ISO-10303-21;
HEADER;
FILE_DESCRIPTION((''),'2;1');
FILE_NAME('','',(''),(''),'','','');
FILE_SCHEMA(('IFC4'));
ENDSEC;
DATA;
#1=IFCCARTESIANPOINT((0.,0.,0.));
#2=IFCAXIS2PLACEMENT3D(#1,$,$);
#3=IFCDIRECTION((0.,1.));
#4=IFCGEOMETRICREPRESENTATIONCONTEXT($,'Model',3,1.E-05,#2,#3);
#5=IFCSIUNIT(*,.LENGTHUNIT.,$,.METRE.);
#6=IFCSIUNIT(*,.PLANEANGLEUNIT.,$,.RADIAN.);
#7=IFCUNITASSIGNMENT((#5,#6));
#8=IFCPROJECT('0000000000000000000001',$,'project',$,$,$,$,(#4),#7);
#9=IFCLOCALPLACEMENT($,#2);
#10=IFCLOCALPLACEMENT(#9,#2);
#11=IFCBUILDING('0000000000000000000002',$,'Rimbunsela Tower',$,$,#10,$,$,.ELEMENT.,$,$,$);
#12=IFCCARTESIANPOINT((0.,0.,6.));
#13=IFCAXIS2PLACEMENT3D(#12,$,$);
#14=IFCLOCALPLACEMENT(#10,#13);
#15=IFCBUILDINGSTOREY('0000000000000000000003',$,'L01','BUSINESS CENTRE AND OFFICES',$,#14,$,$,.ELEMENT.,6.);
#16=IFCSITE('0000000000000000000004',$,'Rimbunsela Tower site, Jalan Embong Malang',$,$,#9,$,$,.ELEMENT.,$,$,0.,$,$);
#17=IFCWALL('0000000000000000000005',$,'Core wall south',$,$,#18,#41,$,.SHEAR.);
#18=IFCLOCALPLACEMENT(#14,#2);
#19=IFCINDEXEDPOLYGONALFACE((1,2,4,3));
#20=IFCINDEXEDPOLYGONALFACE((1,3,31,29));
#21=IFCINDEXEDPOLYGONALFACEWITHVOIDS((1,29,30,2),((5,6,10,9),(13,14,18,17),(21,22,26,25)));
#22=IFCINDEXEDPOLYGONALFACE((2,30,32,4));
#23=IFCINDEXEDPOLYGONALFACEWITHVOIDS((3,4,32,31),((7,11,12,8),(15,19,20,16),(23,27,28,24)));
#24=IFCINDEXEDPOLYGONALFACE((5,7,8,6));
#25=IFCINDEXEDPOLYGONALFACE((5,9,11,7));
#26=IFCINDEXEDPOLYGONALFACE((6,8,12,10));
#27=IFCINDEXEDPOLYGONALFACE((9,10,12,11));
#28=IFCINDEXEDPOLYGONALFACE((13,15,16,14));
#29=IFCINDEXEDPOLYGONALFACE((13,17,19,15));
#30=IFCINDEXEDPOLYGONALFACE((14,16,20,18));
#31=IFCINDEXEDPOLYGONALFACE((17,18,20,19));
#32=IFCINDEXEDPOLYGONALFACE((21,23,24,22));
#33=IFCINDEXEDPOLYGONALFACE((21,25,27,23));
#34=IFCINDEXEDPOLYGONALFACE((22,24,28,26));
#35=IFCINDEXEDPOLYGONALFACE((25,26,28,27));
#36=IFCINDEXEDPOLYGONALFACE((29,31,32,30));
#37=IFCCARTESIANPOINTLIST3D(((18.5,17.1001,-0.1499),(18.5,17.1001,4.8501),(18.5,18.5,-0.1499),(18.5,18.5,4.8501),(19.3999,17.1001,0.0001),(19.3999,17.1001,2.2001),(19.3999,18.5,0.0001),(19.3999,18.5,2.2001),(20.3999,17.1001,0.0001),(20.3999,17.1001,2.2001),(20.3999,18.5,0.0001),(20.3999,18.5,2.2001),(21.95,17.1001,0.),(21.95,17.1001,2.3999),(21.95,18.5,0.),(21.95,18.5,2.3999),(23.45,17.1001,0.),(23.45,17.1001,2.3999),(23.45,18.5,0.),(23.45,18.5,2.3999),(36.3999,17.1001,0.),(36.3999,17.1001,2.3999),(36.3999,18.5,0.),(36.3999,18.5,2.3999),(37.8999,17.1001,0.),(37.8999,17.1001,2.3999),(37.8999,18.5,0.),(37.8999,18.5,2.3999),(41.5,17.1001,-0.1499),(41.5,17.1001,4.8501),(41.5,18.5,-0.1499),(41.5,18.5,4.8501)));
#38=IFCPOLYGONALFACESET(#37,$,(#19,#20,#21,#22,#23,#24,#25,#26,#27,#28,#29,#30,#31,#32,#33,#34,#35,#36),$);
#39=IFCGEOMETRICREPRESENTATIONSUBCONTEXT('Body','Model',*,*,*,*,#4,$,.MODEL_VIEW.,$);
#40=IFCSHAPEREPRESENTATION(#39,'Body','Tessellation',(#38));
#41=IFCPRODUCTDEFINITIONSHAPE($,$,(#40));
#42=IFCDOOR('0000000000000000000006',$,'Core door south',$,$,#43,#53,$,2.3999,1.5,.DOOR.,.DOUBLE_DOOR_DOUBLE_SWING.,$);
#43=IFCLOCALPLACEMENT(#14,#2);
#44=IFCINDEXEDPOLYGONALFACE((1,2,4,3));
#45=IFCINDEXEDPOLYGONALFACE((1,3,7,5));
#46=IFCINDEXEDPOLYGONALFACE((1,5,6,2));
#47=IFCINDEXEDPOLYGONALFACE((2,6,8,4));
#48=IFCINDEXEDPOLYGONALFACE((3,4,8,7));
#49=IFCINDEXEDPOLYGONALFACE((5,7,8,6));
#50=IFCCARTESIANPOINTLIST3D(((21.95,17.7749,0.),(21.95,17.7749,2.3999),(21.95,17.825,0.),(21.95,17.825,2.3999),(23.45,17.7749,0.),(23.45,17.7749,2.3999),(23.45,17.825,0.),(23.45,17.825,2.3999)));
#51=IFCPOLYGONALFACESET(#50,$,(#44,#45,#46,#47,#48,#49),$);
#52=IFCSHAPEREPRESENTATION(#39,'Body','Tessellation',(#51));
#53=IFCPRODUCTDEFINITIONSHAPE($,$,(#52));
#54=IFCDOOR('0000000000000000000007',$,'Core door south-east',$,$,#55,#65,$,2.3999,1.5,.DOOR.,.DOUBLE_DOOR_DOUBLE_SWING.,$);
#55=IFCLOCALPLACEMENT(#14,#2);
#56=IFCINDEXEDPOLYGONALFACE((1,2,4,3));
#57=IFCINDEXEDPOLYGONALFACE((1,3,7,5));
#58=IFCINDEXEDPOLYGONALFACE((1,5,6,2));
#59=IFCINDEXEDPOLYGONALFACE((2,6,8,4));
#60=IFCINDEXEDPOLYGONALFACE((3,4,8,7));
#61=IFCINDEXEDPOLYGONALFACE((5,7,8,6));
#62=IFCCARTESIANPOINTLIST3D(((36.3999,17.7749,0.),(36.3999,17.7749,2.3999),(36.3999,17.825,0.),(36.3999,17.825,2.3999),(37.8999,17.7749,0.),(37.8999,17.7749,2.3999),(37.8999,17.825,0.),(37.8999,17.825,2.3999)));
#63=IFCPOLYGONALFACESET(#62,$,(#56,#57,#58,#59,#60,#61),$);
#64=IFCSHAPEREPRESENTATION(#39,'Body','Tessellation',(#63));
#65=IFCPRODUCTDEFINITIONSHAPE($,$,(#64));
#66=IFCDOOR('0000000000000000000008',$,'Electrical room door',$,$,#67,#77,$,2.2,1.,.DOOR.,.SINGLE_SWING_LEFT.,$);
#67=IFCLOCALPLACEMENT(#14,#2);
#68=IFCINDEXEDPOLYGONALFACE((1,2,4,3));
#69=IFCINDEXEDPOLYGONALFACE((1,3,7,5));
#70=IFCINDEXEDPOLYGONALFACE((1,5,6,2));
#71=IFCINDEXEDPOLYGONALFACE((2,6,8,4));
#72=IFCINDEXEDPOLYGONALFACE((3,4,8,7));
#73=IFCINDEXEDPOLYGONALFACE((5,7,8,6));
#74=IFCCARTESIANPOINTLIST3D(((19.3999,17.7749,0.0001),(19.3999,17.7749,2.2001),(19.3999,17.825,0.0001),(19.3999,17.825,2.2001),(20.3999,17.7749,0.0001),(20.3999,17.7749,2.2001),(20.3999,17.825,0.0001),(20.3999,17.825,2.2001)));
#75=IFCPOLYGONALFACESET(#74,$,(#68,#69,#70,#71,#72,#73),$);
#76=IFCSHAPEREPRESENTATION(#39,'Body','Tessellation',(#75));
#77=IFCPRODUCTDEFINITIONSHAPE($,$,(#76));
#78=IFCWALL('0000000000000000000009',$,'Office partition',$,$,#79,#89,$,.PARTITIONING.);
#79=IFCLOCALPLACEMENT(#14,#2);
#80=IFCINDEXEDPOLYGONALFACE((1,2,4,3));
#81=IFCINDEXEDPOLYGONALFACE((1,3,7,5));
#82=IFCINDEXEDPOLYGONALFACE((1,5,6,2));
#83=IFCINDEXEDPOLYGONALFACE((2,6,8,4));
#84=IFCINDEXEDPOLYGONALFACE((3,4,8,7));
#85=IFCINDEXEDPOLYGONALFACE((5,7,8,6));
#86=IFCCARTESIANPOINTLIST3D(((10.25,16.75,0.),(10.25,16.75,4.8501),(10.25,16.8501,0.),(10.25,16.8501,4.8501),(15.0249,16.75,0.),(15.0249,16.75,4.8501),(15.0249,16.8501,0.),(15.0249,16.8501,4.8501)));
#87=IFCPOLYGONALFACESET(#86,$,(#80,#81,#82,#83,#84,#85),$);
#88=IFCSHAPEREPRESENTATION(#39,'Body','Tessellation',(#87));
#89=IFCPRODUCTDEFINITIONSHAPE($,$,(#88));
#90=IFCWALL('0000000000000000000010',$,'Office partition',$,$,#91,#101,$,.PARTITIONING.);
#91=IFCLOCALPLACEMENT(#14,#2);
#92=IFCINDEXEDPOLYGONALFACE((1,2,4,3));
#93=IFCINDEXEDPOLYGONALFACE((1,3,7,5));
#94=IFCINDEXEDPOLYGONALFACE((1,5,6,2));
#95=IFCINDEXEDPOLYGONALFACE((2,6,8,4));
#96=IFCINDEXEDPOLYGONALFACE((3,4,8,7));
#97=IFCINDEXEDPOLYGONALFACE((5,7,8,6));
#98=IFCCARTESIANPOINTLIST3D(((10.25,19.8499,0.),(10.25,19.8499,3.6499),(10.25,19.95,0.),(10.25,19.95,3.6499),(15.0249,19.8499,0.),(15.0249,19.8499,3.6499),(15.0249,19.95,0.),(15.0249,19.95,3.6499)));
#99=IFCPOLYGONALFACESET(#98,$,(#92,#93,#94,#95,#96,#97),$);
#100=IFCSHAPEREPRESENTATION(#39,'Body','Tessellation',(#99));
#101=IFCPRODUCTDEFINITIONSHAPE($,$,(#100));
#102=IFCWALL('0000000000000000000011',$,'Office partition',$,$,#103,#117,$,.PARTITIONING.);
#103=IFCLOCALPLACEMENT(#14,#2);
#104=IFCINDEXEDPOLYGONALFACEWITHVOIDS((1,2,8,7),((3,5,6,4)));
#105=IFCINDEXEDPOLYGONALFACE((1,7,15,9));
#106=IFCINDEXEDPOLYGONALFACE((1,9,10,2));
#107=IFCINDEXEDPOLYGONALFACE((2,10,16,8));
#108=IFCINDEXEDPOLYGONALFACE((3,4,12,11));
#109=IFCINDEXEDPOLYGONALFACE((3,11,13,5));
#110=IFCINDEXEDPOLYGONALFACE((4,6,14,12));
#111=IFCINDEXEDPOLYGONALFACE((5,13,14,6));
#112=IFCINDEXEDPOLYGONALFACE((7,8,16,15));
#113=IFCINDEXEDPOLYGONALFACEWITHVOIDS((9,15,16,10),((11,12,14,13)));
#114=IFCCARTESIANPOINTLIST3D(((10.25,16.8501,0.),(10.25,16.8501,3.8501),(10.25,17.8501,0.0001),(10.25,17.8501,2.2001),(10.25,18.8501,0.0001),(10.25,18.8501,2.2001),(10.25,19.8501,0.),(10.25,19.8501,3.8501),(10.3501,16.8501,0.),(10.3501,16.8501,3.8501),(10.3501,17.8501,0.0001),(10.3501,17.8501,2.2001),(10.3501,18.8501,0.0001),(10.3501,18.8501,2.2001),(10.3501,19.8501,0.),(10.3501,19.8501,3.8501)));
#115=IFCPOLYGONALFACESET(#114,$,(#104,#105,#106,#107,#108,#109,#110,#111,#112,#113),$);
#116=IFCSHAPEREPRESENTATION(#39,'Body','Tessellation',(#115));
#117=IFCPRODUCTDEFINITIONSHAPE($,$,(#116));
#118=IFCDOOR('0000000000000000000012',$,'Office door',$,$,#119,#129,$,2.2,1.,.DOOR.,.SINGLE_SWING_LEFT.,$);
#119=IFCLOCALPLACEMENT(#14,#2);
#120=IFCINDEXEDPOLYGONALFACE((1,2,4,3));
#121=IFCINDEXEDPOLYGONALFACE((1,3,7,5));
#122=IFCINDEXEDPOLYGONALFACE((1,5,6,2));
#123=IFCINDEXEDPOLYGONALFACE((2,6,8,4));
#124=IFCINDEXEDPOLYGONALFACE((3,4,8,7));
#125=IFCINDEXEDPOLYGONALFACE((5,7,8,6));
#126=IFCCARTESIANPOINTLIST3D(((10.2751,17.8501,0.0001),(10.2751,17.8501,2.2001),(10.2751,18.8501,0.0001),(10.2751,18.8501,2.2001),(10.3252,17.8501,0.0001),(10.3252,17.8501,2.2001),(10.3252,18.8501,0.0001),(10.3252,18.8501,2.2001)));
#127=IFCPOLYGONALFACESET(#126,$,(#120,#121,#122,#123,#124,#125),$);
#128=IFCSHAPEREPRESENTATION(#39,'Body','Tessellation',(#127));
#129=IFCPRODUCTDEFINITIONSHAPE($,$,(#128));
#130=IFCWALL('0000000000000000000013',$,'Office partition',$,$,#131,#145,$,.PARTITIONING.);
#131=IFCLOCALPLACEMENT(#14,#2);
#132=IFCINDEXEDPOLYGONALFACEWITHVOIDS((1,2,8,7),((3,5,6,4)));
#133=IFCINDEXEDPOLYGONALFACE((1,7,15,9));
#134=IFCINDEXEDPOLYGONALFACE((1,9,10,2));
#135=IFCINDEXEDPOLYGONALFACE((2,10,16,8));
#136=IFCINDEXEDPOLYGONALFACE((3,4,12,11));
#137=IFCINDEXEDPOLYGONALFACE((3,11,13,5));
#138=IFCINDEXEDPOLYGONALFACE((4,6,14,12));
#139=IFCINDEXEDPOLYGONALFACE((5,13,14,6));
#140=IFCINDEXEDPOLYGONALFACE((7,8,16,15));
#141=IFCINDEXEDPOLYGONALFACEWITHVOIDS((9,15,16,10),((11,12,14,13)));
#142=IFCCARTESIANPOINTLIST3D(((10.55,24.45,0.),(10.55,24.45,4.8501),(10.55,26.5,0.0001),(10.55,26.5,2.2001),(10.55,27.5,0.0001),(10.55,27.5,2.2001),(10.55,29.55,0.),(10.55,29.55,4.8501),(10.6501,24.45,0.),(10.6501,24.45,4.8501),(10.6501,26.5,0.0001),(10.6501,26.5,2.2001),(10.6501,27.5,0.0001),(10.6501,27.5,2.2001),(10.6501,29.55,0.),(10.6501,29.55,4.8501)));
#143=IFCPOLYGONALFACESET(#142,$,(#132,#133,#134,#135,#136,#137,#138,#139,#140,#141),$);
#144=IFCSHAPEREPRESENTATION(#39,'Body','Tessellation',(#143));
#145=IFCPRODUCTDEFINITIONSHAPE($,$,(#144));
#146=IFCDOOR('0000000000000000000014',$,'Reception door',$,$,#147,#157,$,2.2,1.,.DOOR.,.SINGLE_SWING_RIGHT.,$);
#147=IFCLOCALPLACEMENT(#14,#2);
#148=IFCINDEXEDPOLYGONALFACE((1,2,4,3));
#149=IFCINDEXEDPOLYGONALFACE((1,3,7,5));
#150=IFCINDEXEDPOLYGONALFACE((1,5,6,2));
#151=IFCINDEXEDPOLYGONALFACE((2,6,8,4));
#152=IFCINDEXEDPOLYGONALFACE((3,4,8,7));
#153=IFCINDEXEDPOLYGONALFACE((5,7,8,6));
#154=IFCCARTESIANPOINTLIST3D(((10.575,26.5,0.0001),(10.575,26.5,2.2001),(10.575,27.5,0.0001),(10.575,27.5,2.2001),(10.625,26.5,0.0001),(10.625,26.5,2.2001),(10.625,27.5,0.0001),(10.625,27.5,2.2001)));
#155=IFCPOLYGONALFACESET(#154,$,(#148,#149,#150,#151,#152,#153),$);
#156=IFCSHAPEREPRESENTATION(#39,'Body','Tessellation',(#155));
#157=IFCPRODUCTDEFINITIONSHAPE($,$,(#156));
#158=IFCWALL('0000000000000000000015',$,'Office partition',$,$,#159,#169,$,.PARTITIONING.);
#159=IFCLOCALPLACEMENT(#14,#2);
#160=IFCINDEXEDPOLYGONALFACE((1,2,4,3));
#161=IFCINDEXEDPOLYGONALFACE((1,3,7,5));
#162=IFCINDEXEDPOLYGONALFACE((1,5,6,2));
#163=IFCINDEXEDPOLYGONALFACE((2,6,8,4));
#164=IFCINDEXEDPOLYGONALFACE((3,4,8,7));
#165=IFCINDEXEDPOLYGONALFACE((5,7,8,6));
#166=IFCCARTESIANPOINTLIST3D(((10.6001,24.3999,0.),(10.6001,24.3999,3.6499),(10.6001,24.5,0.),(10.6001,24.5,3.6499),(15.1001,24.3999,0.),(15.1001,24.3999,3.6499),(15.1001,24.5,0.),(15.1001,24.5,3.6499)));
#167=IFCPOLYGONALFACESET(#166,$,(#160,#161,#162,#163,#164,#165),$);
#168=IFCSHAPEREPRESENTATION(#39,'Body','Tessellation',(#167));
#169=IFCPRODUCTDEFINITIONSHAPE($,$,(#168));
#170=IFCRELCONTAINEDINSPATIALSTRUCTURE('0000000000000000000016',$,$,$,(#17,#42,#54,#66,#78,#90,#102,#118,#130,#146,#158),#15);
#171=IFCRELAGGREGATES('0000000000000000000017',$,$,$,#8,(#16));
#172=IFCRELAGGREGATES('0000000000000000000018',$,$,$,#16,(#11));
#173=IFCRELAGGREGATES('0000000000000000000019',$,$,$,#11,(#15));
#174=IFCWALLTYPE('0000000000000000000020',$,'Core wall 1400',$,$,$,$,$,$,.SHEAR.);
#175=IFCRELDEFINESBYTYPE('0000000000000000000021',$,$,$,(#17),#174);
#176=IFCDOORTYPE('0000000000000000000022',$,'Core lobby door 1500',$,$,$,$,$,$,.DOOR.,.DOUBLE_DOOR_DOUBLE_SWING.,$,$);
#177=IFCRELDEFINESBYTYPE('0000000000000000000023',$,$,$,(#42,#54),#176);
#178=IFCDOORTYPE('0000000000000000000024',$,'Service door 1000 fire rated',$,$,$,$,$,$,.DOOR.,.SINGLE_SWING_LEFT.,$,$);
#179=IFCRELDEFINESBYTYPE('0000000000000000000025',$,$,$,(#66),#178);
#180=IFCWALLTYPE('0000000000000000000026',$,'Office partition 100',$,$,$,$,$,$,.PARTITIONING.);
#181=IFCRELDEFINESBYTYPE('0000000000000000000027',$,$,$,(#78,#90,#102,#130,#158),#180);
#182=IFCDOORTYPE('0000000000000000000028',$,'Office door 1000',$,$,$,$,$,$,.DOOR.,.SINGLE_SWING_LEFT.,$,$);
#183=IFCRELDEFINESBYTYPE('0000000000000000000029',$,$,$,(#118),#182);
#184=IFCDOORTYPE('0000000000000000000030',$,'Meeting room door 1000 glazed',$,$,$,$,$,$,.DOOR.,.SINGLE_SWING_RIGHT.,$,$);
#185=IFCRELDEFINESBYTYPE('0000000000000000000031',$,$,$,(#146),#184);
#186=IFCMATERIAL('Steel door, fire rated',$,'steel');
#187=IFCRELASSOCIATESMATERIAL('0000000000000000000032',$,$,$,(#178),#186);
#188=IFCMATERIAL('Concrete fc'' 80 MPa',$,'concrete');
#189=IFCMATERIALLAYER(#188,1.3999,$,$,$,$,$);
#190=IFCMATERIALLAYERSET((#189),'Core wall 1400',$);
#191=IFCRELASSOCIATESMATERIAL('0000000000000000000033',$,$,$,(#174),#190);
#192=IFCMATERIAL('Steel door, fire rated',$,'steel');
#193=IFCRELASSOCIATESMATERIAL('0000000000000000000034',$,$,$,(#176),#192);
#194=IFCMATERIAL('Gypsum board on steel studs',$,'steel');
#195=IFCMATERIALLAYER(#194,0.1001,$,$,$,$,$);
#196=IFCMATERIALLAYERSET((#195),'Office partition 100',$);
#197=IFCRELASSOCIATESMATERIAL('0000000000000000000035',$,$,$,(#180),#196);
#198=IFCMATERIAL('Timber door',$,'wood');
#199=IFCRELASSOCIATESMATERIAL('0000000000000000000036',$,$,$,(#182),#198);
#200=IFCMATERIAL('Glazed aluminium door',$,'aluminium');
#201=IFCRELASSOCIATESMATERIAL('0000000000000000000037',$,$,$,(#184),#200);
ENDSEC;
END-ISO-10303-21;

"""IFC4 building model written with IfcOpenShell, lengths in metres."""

from ifc_helpers import new_model, si_unit, direction, frame, frame_2d, origin, place, context, subcontext, project, spatial, rectangle, extrude, material, layer, layer_set, type_object, element, fill, save


model = new_model("IFC4")

# Units and contexts
model_context = context("Model", 3, precision=1e-05, world=origin(), true_north=direction((0.0, 1.0)))
body_context = subcontext(model_context, "Body", "Model", "MODEL_VIEW")
ifc_project = project(units=[si_unit("LENGTHUNIT", "METRE"), si_unit("PLANEANGLEUNIT", "RADIAN")], contexts=[model_context])

# Site, building, storey
site_placement = place(None, origin())
site = spatial("IfcSite", under=ifc_project, at=site_placement, Name="Rimbunsela Tower site, Jalan Embong Malang", CompositionType="ELEMENT", RefElevation=0.0)
building_placement = place(site_placement, origin())
building = spatial("IfcBuilding", under=site, at=building_placement, Name="Rimbunsela Tower", CompositionType="ELEMENT")
storey_placement = place(building_placement, frame((0.0, 0.0, 6.0)))
storey = spatial("IfcBuildingStorey", under=building, at=storey_placement, Name="L01", Description="BUSINESS CENTRE AND OFFICES", CompositionType="ELEMENT", Elevation=6.0)

# Shared definitions
ifc_material_1 = material(Name="Steel door, fire rated", Category="steel")
door_type_1 = type_object("IfcDoorType", Name="Service door 1000 fire rated", OperationType="SINGLE_SWING_LEFT", PredefinedType="DOOR", material=ifc_material_1)

# Wall, openings, doors
ifc_material_2 = material(Name="Concrete fc' 80 MPa", Category="concrete")
ifc_layer_1 = layer(ifc_material_2, 1.3999)
ifc_layer_set_1 = layer_set([ifc_layer_1], Name="Core wall 1400")
wall_type_1 = type_object("IfcWallType", Name="Core wall 1400", PredefinedType="SHEAR", material=ifc_layer_set_1)
wall_1_placement = place(storey_placement, frame((18.5, 17.8, -0.1499), z_axis=(0.0, 0.0, 1.0), x_axis=(1.0, 0.0, 0.0)))
wall_1 = element("IfcWall", 1, at=wall_1_placement, inside=storey, type_object=wall_type_1, Name="Core wall south", PredefinedType="SHEAR", context=body_context, shape_type="SweptSolid", body=[
    extrude(rectangle(XDim=23.0, YDim=1.3999, at=frame_2d((11.5, 0.0))), origin(), (0.0, 0.0, 1.0), 5.0),
])
opening_1_placement = place(wall_1_placement, frame((3.45, 0.0, 0.1499)))
opening_1 = element("IfcOpeningElement", 2, at=opening_1_placement, cuts=wall_1, PredefinedType="OPENING", context=body_context, shape_type="SweptSolid", body=[
    extrude(rectangle(XDim=1.5, YDim=2.3999, at=frame_2d((0.75, 1.2))), frame((0.0, 0.71, 0.0), z_axis=(0.0, -1.0, 0.0), x_axis=(1.0, 0.0, 0.0)), (0.0, 0.0, 1.0), 1.4199),
])
opening_2_placement = place(wall_1_placement, frame((17.8999, 0.0, 0.1499)))
opening_2 = element("IfcOpeningElement", 3, at=opening_2_placement, cuts=wall_1, PredefinedType="OPENING", context=body_context, shape_type="SweptSolid", body=[
    extrude(rectangle(XDim=1.5, YDim=2.3999, at=frame_2d((0.75, 1.2))), frame((0.0, 0.71, 0.0), z_axis=(0.0, -1.0, 0.0), x_axis=(1.0, 0.0, 0.0)), (0.0, 0.0, 1.0), 1.4199),
])
opening_3_placement = place(wall_1_placement, frame((0.8999, 0.0, 0.1499)))
opening_3 = element("IfcOpeningElement", 4, at=opening_3_placement, cuts=wall_1, PredefinedType="OPENING", context=body_context, shape_type="SweptSolid", body=[
    extrude(rectangle(XDim=1.0, YDim=2.2, at=frame_2d((0.5, 1.1001))), frame((0.0, 0.71, 0.0), z_axis=(0.0, -1.0, 0.0), x_axis=(1.0, 0.0, 0.0)), (0.0, 0.0, 1.0), 1.4199),
])
ifc_material_3 = material(Name="Steel door, fire rated", Category="steel")
door_type_2 = type_object("IfcDoorType", Name="Core lobby door 1500", OperationType="DOUBLE_DOOR_DOUBLE_SWING", PredefinedType="DOOR", material=ifc_material_3)
door_1_placement = place(opening_1_placement, origin())
door_1 = element("IfcDoor", 5, at=door_1_placement, inside=storey, type_object=door_type_2, Name="Core door south", OperationType="DOUBLE_DOOR_DOUBLE_SWING", OverallHeight=2.3999, OverallWidth=1.5, PredefinedType="DOOR", context=body_context, shape_type="SweptSolid", body=[
    extrude(rectangle(XDim=1.5, YDim=2.3999, at=frame_2d((0.75, 1.2))), frame((0.0, 0.0249, 0.0), z_axis=(0.0, -1.0, 0.0), x_axis=(1.0, 0.0, 0.0)), (0.0, 0.0, 1.0), 0.05),
])
fill(opening_1, door_1)
door_2_placement = place(opening_2_placement, origin())
door_2 = element("IfcDoor", 6, at=door_2_placement, inside=storey, type_object=door_type_2, Name="Core door south-east", OperationType="DOUBLE_DOOR_DOUBLE_SWING", OverallHeight=2.3999, OverallWidth=1.5, PredefinedType="DOOR", context=body_context, shape_type="SweptSolid", body=[
    extrude(rectangle(XDim=1.5, YDim=2.3999, at=frame_2d((0.75, 1.2))), frame((0.0, 0.0249, 0.0), z_axis=(0.0, -1.0, 0.0), x_axis=(1.0, 0.0, 0.0)), (0.0, 0.0, 1.0), 0.05),
])
fill(opening_2, door_2)
door_3_placement = place(opening_3_placement, origin())
door_3 = element("IfcDoor", 7, at=door_3_placement, inside=storey, type_object=door_type_1, Name="Electrical room door", OperationType="SINGLE_SWING_LEFT", OverallHeight=2.2, OverallWidth=1.0, PredefinedType="DOOR", context=body_context, shape_type="SweptSolid", body=[
    extrude(rectangle(XDim=1.0, YDim=2.2, at=frame_2d((0.5, 1.1001))), frame((0.0, 0.0249, 0.0), z_axis=(0.0, -1.0, 0.0), x_axis=(1.0, 0.0, 0.0)), (0.0, 0.0, 1.0), 0.05),
])
fill(opening_3, door_3)

# Walls
ifc_material_4 = material(Name="Gypsum board on steel studs", Category="steel")
ifc_layer_2 = layer(ifc_material_4, 0.1001)
ifc_layer_set_2 = layer_set([ifc_layer_2], Name="Office partition 100")
wall_type_2 = type_object("IfcWallType", Name="Office partition 100", PredefinedType="PARTITIONING", material=ifc_layer_set_2)
wall_2_placement = place(storey_placement, frame((10.25, 16.8, 0.0), z_axis=(0.0, 0.0, 1.0), x_axis=(1.0, 0.0, 0.0)))
element("IfcWall", 8, at=wall_2_placement, inside=storey, type_object=wall_type_2, Name="Office partition", PredefinedType="PARTITIONING", context=body_context, shape_type="SweptSolid", body=[
    extrude(rectangle(XDim=4.7749, YDim=0.1001, at=frame_2d((2.3875, 0.0))), origin(), (0.0, 0.0, 1.0), 4.8501),
])
wall_3_placement = place(storey_placement, frame((10.25, 19.8999, 0.0), z_axis=(0.0, 0.0, 1.0), x_axis=(1.0, 0.0, 0.0)))
element("IfcWall", 9, at=wall_3_placement, inside=storey, type_object=wall_type_2, Name="Office partition", PredefinedType="PARTITIONING", context=body_context, shape_type="SweptSolid", body=[
    extrude(rectangle(XDim=4.7749, YDim=0.1001, at=frame_2d((2.3875, 0.0))), origin(), (0.0, 0.0, 1.0), 3.6499),
])

# Walls, openings, doors
wall_4_placement = place(storey_placement, frame((10.3, 16.8501, 0.0), z_axis=(0.0, 0.0, 1.0), x_axis=(0.0, 1.0, 0.0)))
wall_4 = element("IfcWall", 10, at=wall_4_placement, inside=storey, type_object=wall_type_2, Name="Office partition", PredefinedType="PARTITIONING", context=body_context, shape_type="SweptSolid", body=[
    extrude(rectangle(XDim=3.0, YDim=0.1001, at=frame_2d((1.5, 0.0))), origin(), (0.0, 0.0, 1.0), 3.8501),
])
opening_4_placement = place(wall_4_placement, frame((1.0, 0.0, 0.0)))
opening_4 = element("IfcOpeningElement", 11, at=opening_4_placement, cuts=wall_4, PredefinedType="OPENING", context=body_context, shape_type="SweptSolid", body=[
    extrude(rectangle(XDim=1.0, YDim=2.2, at=frame_2d((0.5, 1.1001))), frame((0.0, 0.0601, 0.0), z_axis=(0.0, -1.0, 0.0), x_axis=(1.0, 0.0, 0.0)), (0.0, 0.0, 1.0), 0.1201),
])
ifc_material_5 = material(Name="Timber door", Category="wood")
door_type_3 = type_object("IfcDoorType", Name="Office door 1000", OperationType="SINGLE_SWING_LEFT", PredefinedType="DOOR", material=ifc_material_5)
door_4_placement = place(opening_4_placement, origin())
door_4 = element("IfcDoor", 12, at=door_4_placement, inside=storey, type_object=door_type_3, Name="Office door", OperationType="SINGLE_SWING_LEFT", OverallHeight=2.2, OverallWidth=1.0, PredefinedType="DOOR", context=body_context, shape_type="SweptSolid", body=[
    extrude(rectangle(XDim=1.0, YDim=2.2, at=frame_2d((0.5, 1.1001))), frame((0.0, 0.0249, 0.0), z_axis=(0.0, -1.0, 0.0), x_axis=(1.0, 0.0, 0.0)), (0.0, 0.0, 1.0), 0.05),
])
fill(opening_4, door_4)
wall_5_placement = place(storey_placement, frame((10.6001, 29.55, 0.0), z_axis=(0.0, 0.0, 1.0), x_axis=(0.0, -1.0, 0.0)))
wall_5 = element("IfcWall", 13, at=wall_5_placement, inside=storey, type_object=wall_type_2, Name="Office partition", PredefinedType="PARTITIONING", context=body_context, shape_type="SweptSolid", body=[
    extrude(rectangle(XDim=5.1001, YDim=0.1001, at=frame_2d((2.55, 0.0))), origin(), (0.0, 0.0, 1.0), 4.8501),
])
opening_5_placement = place(wall_5_placement, frame((2.05, 0.0, 0.0)))
opening_5 = element("IfcOpeningElement", 14, at=opening_5_placement, cuts=wall_5, PredefinedType="OPENING", context=body_context, shape_type="SweptSolid", body=[
    extrude(rectangle(XDim=1.0, YDim=2.2, at=frame_2d((0.5, 1.1001))), frame((0.0, 0.0601, 0.0), z_axis=(0.0, -1.0, 0.0), x_axis=(1.0, 0.0, 0.0)), (0.0, 0.0, 1.0), 0.1201),
])
ifc_material_6 = material(Name="Glazed aluminium door", Category="aluminium")
door_type_4 = type_object("IfcDoorType", Name="Meeting room door 1000 glazed", OperationType="SINGLE_SWING_RIGHT", PredefinedType="DOOR", material=ifc_material_6)
door_5_placement = place(opening_5_placement, origin())
door_5 = element("IfcDoor", 15, at=door_5_placement, inside=storey, type_object=door_type_4, Name="Reception door", OperationType="SINGLE_SWING_RIGHT", OverallHeight=2.2, OverallWidth=1.0, PredefinedType="DOOR", context=body_context, shape_type="SweptSolid", body=[
    extrude(rectangle(XDim=1.0, YDim=2.2, at=frame_2d((0.5, 1.1001))), frame((0.0, 0.0249, 0.0), z_axis=(0.0, -1.0, 0.0), x_axis=(1.0, 0.0, 0.0)), (0.0, 0.0, 1.0), 0.05),
])
fill(opening_5, door_5)

# Wall
wall_6_placement = place(storey_placement, frame((10.6001, 24.45, 0.0), z_axis=(0.0, 0.0, 1.0), x_axis=(1.0, 0.0, 0.0)))
element("IfcWall", 16, at=wall_6_placement, inside=storey, type_object=wall_type_2, Name="Office partition", PredefinedType="PARTITIONING", context=body_context, shape_type="SweptSolid", body=[
    extrude(rectangle(XDim=4.5, YDim=0.1001, at=frame_2d((2.25, 0.0))), origin(), (0.0, 0.0, 1.0), 3.6499),
])

save(model, "model.ifc")
